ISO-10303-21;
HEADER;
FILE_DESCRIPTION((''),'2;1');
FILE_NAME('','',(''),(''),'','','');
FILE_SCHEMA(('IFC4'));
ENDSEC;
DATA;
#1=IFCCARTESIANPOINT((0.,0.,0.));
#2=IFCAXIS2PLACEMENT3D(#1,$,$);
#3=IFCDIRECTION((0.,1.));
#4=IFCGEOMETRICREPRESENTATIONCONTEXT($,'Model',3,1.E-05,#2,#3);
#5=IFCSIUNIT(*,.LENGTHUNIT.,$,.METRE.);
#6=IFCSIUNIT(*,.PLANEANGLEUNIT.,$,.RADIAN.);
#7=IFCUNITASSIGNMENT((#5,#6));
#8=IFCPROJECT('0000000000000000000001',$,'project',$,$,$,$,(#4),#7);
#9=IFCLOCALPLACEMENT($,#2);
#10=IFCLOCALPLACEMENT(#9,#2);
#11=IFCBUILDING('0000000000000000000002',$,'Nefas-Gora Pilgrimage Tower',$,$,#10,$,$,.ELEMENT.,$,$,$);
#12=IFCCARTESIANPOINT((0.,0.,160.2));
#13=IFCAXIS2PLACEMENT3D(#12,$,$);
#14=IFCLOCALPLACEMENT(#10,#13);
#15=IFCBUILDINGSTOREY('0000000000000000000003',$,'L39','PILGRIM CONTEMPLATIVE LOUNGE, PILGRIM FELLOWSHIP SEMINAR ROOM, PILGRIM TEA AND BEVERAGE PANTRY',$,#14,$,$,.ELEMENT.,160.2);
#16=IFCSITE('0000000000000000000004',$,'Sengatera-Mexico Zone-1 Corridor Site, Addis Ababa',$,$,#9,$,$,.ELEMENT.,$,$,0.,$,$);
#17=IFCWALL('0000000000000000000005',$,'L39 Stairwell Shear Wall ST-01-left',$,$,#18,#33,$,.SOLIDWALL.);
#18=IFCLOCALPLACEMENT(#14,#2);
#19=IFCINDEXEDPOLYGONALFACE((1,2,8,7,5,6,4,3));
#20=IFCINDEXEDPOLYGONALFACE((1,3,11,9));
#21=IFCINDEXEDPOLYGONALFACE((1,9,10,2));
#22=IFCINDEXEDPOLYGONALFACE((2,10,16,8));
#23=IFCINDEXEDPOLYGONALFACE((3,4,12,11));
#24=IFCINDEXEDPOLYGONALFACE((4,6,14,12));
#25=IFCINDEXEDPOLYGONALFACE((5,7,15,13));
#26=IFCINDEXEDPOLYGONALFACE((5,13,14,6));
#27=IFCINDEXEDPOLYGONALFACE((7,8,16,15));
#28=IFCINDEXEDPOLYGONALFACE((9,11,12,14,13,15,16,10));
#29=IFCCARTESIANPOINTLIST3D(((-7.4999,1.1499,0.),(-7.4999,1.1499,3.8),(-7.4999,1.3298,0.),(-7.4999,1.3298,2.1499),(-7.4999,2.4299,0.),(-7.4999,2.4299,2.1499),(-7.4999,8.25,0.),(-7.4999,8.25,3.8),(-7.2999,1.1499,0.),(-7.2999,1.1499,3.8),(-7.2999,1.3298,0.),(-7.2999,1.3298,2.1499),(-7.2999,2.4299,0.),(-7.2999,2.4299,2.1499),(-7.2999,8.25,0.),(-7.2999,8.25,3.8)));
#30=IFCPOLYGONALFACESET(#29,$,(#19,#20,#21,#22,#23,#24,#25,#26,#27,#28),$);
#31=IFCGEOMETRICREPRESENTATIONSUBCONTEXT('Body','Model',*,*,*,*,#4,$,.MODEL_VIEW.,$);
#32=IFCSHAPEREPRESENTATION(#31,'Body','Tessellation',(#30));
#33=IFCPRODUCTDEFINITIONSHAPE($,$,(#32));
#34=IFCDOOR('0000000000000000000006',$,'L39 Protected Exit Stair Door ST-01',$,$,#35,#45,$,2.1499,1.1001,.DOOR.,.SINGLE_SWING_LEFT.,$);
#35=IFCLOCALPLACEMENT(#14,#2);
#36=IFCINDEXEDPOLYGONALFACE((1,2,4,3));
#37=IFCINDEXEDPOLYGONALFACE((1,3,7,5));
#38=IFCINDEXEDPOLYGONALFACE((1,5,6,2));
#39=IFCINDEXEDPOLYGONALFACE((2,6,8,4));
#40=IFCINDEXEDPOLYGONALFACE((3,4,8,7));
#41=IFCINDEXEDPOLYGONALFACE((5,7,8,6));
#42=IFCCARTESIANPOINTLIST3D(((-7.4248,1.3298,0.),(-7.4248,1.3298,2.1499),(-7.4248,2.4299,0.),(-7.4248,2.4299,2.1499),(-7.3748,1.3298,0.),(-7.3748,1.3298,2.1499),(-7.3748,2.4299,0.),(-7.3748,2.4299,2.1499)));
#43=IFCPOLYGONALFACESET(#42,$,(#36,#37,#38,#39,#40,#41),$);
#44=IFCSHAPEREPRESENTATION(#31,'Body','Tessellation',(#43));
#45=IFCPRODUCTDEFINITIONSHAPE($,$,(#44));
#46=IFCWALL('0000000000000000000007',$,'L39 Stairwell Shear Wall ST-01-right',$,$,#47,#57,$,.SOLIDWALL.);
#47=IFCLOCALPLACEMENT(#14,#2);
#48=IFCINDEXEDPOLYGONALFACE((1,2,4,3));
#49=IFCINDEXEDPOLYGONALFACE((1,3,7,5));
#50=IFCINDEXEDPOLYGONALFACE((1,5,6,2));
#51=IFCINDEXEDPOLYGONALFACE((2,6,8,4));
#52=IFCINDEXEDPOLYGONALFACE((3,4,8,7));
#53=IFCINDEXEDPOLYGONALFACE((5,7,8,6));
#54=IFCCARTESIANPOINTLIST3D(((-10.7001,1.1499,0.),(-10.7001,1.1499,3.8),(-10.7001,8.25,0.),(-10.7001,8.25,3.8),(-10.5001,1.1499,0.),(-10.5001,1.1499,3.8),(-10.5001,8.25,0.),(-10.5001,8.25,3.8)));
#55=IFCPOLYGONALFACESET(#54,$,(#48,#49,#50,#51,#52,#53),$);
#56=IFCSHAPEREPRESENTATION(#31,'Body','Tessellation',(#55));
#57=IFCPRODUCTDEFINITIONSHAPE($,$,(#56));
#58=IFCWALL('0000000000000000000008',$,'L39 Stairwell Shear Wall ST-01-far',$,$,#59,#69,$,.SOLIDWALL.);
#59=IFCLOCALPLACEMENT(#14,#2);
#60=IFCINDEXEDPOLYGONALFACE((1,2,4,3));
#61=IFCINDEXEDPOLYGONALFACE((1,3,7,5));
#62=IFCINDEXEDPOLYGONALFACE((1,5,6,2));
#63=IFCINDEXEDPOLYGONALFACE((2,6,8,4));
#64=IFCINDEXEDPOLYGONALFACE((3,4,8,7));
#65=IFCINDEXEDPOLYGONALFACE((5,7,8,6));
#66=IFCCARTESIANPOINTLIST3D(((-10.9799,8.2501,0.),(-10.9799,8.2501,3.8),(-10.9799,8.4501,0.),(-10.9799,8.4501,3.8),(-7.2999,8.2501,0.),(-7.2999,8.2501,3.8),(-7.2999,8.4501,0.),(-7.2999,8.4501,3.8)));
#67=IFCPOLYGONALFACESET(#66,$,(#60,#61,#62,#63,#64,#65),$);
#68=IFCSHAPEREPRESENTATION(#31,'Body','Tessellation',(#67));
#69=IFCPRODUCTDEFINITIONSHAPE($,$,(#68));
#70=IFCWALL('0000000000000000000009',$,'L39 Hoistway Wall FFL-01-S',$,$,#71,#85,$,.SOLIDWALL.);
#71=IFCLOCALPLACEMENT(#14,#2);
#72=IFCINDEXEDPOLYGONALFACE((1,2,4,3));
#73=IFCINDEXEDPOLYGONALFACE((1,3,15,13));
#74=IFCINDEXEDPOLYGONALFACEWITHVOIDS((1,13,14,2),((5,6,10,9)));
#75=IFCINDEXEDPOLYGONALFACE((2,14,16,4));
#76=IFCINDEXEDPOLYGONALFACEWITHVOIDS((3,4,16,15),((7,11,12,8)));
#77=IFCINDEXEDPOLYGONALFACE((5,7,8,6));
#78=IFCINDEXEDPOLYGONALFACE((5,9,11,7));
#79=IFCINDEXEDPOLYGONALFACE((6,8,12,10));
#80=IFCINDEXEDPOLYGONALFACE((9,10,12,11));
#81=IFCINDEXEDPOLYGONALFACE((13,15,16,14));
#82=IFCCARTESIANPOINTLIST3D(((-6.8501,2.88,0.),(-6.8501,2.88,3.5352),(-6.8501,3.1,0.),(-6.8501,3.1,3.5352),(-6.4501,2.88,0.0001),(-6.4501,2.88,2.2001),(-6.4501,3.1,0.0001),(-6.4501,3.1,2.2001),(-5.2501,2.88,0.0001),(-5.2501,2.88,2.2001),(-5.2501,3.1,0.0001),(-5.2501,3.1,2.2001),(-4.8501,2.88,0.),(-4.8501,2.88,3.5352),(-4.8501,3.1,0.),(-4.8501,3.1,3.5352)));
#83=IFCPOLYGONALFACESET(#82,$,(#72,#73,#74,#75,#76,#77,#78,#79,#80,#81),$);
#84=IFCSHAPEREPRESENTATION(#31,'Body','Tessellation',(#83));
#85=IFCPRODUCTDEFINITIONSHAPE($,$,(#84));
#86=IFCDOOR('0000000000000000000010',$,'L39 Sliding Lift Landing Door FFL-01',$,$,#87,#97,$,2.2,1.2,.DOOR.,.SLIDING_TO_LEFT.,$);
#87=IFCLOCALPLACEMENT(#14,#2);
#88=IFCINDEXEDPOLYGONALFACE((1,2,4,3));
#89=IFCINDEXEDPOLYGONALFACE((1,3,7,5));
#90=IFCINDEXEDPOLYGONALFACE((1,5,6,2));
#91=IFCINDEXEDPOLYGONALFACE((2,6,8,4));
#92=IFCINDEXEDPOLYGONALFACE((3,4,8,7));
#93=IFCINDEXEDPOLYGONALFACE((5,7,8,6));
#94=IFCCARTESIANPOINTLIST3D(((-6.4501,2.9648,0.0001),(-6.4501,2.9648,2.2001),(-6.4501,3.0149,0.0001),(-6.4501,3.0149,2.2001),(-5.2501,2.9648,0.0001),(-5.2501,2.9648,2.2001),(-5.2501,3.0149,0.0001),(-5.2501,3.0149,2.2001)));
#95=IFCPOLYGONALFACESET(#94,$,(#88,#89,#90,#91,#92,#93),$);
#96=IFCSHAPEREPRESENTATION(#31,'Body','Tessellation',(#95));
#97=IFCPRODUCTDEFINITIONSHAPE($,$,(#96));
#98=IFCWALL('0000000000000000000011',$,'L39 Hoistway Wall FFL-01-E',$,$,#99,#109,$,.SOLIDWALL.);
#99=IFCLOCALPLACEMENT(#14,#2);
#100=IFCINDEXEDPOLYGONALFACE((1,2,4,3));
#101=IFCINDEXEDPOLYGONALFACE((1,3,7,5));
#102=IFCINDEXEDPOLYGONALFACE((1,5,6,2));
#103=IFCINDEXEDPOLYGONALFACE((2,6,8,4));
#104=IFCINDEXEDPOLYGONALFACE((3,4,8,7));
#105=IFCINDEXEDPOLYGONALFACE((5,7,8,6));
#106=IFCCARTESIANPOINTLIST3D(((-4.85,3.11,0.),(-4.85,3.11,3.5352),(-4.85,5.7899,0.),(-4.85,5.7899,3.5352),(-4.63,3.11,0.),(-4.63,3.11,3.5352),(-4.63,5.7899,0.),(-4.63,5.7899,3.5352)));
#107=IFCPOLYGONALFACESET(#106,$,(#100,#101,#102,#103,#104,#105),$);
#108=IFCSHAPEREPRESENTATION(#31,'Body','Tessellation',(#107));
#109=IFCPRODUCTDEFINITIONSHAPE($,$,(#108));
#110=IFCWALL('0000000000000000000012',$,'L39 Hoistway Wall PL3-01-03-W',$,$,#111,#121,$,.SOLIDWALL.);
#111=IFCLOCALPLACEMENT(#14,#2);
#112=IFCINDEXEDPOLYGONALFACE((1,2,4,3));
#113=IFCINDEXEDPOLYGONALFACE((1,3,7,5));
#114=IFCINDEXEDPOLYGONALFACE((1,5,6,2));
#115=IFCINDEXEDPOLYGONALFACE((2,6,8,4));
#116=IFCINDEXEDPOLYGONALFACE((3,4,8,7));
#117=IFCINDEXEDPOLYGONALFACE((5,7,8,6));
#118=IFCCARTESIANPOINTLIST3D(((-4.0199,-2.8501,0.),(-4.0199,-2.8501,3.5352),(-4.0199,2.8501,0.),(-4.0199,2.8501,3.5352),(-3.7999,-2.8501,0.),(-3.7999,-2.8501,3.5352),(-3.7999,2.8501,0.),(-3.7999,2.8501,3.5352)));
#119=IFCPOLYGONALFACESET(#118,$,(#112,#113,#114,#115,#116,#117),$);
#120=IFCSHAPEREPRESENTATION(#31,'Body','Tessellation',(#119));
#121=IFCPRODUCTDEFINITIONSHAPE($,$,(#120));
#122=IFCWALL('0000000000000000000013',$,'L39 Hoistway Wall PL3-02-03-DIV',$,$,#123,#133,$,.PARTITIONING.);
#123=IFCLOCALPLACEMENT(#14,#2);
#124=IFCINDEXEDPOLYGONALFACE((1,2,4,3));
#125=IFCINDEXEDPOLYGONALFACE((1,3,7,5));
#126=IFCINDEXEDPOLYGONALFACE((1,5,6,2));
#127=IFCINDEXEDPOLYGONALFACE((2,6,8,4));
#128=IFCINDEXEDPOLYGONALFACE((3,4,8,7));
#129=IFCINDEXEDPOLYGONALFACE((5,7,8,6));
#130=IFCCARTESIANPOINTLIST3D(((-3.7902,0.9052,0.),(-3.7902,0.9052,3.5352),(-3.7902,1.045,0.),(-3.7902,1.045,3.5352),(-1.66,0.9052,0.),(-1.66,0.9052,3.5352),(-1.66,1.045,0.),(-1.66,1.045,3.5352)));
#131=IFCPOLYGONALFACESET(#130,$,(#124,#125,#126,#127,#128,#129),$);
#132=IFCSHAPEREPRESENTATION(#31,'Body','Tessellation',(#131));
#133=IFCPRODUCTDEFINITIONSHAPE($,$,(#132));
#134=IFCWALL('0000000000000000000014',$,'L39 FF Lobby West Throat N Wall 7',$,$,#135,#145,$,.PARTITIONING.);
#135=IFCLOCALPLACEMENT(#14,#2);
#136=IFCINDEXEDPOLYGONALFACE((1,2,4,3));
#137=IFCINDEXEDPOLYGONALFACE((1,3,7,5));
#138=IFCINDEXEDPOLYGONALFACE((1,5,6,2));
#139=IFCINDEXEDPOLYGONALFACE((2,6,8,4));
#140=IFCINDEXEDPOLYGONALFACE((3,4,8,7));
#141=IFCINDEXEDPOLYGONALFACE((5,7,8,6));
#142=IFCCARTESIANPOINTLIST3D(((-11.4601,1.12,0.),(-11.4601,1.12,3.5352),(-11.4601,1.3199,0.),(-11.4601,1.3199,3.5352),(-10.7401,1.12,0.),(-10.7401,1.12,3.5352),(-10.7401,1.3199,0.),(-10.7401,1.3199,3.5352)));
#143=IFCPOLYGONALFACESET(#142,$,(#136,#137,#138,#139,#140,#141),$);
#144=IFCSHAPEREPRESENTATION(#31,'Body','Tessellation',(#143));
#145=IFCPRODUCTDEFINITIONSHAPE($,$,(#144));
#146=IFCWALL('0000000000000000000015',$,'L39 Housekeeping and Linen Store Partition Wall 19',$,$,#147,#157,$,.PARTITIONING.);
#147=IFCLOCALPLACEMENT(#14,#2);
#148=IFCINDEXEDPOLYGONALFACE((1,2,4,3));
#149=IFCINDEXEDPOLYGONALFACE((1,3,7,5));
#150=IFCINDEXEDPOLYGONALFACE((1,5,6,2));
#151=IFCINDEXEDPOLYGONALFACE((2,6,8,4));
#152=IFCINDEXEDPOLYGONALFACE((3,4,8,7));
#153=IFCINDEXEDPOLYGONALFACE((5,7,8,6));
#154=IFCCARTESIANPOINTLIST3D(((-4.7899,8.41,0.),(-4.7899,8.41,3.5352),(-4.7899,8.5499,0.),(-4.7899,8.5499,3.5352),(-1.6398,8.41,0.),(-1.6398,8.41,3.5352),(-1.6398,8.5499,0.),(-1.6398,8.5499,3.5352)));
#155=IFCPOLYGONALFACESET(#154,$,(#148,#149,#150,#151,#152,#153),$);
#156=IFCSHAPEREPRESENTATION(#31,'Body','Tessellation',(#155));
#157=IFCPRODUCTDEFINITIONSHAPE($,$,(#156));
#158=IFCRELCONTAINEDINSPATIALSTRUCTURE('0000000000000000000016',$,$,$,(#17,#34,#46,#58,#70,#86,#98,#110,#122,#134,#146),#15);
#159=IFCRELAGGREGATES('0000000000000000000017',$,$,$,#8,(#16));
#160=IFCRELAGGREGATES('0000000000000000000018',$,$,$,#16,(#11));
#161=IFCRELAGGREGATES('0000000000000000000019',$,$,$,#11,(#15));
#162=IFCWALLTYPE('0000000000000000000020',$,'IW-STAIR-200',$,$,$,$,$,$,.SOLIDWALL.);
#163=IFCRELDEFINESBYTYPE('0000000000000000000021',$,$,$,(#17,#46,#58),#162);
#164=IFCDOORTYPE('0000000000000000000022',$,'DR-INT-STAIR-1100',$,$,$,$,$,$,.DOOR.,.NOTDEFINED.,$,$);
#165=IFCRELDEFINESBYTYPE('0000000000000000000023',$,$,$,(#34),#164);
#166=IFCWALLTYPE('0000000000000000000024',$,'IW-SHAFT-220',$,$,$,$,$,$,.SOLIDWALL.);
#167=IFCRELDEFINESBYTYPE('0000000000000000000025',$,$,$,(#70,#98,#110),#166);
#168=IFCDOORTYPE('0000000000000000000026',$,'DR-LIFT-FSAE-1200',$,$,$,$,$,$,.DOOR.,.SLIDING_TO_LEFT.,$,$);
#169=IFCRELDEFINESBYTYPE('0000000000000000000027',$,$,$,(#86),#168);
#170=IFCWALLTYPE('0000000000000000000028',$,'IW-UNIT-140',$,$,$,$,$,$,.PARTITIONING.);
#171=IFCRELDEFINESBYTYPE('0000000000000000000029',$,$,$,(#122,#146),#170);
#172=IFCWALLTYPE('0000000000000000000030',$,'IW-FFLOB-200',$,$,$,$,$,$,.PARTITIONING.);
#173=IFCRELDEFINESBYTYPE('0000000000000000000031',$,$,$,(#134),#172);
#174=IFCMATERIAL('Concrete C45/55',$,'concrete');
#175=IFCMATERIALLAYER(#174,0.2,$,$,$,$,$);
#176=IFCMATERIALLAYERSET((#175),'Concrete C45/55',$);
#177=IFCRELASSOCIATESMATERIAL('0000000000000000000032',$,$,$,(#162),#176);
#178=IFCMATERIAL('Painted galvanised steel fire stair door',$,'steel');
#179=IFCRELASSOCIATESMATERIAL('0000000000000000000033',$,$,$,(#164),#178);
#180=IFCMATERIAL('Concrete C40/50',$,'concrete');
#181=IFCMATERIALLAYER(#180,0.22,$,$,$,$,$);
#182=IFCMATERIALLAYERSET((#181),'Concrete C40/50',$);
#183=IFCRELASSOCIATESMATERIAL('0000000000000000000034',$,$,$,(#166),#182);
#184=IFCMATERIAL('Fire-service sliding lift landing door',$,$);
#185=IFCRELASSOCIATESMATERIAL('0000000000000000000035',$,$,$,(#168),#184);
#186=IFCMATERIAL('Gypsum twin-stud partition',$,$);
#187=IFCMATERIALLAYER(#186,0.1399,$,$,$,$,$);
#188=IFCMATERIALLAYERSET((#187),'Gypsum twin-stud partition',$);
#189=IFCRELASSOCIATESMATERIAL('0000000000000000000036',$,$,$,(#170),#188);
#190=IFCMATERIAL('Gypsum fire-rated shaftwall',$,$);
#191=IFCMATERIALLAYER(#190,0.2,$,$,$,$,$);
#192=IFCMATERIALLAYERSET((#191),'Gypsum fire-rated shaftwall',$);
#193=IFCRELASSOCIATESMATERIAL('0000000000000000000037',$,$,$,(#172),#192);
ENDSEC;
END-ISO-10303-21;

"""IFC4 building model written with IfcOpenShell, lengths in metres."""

from ifc_helpers import new_model, si_unit, direction, frame, frame_2d, origin, place, context, subcontext, project, spatial, rectangle, extrude, source, transform, mapped, material, layer, layer_set, type_object, element, fill, save


model = new_model("IFC4")

# Units and contexts
model_context = context("Model", 3, precision=1e-05, world=origin(), true_north=direction((0.0, 1.0)))
body_context = subcontext(model_context, "Body", "Model", "MODEL_VIEW")
ifc_project = project(units=[si_unit("LENGTHUNIT", "METRE"), si_unit("PLANEANGLEUNIT", "RADIAN")], contexts=[model_context])

# Site, building, storey
site_placement = place(None, origin())
site = spatial("IfcSite", under=ifc_project, at=site_placement, Name="Sengatera-Mexico Zone-1 Corridor Site, Addis Ababa", CompositionType="ELEMENT", RefElevation=0.0)
building_placement = place(site_placement, origin())
building = spatial("IfcBuilding", under=site, at=building_placement, Name="Nefas-Gora Pilgrimage Tower", CompositionType="ELEMENT")
storey_placement = place(building_placement, frame((0.0, 0.0, 160.2)))
storey = spatial("IfcBuildingStorey", under=building, at=storey_placement, Name="L39", Description="PILGRIM CONTEMPLATIVE LOUNGE, PILGRIM FELLOWSHIP SEMINAR ROOM, PILGRIM TEA AND BEVERAGE PANTRY", CompositionType="ELEMENT", Elevation=160.2)

# Shared definitions
ifc_material_1 = material(Name="Concrete C45/55", Category="concrete")
ifc_layer_1 = layer(ifc_material_1, 0.2)
ifc_layer_set_1 = layer_set([ifc_layer_1], Name="Concrete C45/55")
wall_type_1 = type_object("IfcWallType", Name="IW-STAIR-200", PredefinedType="SOLIDWALL", material=ifc_layer_set_1)

# Wall, opening, door
shared_shape_1 = source(origin(), body_context, "Body", "SweptSolid", [
    extrude(rectangle(XDim=7.1001, YDim=0.2, at=frame_2d((3.55, 0.0))), origin(), (0.0, 0.0, 1.0), 3.8),
])
wall_1_placement = place(storey_placement, frame((-7.3999, 1.1499, 0.0), z_axis=(0.0, 0.0, 1.0), x_axis=(0.0, 1.0, 0.0)))
wall_1 = element("IfcWall", 1, at=wall_1_placement, inside=storey, type_object=wall_type_1, Name="L39 Stairwell Shear Wall ST-01-left", PredefinedType="SOLIDWALL", context=body_context, shape_type="MappedRepresentation", body=[
    mapped(shared_shape_1, transform((0.0, 0.0, 0.0), x_axis=(1.0, 0.0, 0.0), y_axis=(0.0, 1.0, 0.0), z_axis=(0.0, 0.0, 1.0), scale=1.0)),
])
opening_1_placement = place(wall_1_placement, frame((0.1799, 0.0, 0.0)))
opening_1 = element("IfcOpeningElement", 2, at=opening_1_placement, cuts=wall_1, PredefinedType="OPENING", context=body_context, shape_type="SweptSolid", body=[
    extrude(rectangle(XDim=1.1001, YDim=2.1499, at=frame_2d((0.55, 1.075))), frame((0.0, 0.1099, 0.0), z_axis=(0.0, -1.0, 0.0), x_axis=(1.0, 0.0, 0.0)), (0.0, 0.0, 1.0), 0.22),
])
ifc_material_2 = material(Name="Painted galvanised steel fire stair door", Category="steel")
door_type_1 = type_object("IfcDoorType", Name="DR-INT-STAIR-1100", OperationType="NOTDEFINED", PredefinedType="DOOR", material=ifc_material_2)
shared_shape_2 = source(origin(), body_context, "Body", "SweptSolid", [
    extrude(rectangle(XDim=1.1001, YDim=2.1499, at=frame_2d((0.55, 1.075))), frame((0.0, 0.0249, 0.0), z_axis=(0.0, -1.0, 0.0), x_axis=(1.0, 0.0, 0.0)), (0.0, 0.0, 1.0), 0.05),
])
door_1_placement = place(opening_1_placement, origin())
door_1 = element("IfcDoor", 3, at=door_1_placement, inside=storey, type_object=door_type_1, Name="L39 Protected Exit Stair Door ST-01", OperationType="SINGLE_SWING_LEFT", OverallHeight=2.1499, OverallWidth=1.1001, PredefinedType="DOOR", context=body_context, shape_type="MappedRepresentation", body=[
    mapped(shared_shape_2, transform((0.0, 0.0, 0.0), x_axis=(1.0, 0.0, 0.0), y_axis=(0.0, 1.0, 0.0), z_axis=(0.0, 0.0, 1.0), scale=1.0)),
])
fill(opening_1, door_1)

# Walls
wall_2_placement = place(storey_placement, frame((-10.6001, 1.1499, 0.0), z_axis=(0.0, 0.0, 1.0), x_axis=(0.0, 1.0, 0.0)))
element("IfcWall", 4, at=wall_2_placement, inside=storey, type_object=wall_type_1, Name="L39 Stairwell Shear Wall ST-01-right", PredefinedType="SOLIDWALL", context=body_context, shape_type="MappedRepresentation", body=[
    mapped(shared_shape_1, transform((0.0, 0.0, 0.0), x_axis=(1.0, 0.0, 0.0), y_axis=(0.0, 1.0, 0.0), z_axis=(0.0, 0.0, 1.0), scale=1.0)),
])
shared_shape_3 = source(origin(), body_context, "Body", "SweptSolid", [
    extrude(rectangle(XDim=3.6799, YDim=0.2, at=frame_2d((1.8398, 0.0))), origin(), (0.0, 0.0, 1.0), 3.8),
])
wall_3_placement = place(storey_placement, frame((-7.3, 8.3501, 0.0), z_axis=(0.0, 0.0, 1.0), x_axis=(-1.0, 0.0, 0.0)))
element("IfcWall", 5, at=wall_3_placement, inside=storey, type_object=wall_type_1, Name="L39 Stairwell Shear Wall ST-01-far", PredefinedType="SOLIDWALL", context=body_context, shape_type="MappedRepresentation", body=[
    mapped(shared_shape_3, transform((0.0, 0.0, 0.0), x_axis=(1.0, 0.0, 0.0), y_axis=(0.0, 1.0, 0.0), z_axis=(0.0, 0.0, 1.0), scale=1.0)),
])

# Wall, opening, door
ifc_material_3 = material(Name="Concrete C40/50", Category="concrete")
ifc_layer_2 = layer(ifc_material_3, 0.22)
ifc_layer_set_2 = layer_set([ifc_layer_2], Name="Concrete C40/50")
wall_type_2 = type_object("IfcWallType", Name="IW-SHAFT-220", PredefinedType="SOLIDWALL", material=ifc_layer_set_2)
shared_shape_4 = source(origin(), body_context, "Body", "SweptSolid", [
    extrude(rectangle(XDim=2.0, YDim=0.22, at=frame_2d((1.0, 0.0))), origin(), (0.0, 0.0, 1.0), 3.5352),
])
wall_4_placement = place(storey_placement, frame((-6.8501, 2.99, 0.0), z_axis=(0.0, 0.0, 1.0), x_axis=(1.0, 0.0, 0.0)))
wall_4 = element("IfcWall", 6, at=wall_4_placement, inside=storey, type_object=wall_type_2, Name="L39 Hoistway Wall FFL-01-S", PredefinedType="SOLIDWALL", context=body_context, shape_type="MappedRepresentation", body=[
    mapped(shared_shape_4, transform((0.0, 0.0, 0.0), x_axis=(1.0, 0.0, 0.0), y_axis=(0.0, 1.0, 0.0), z_axis=(0.0, 0.0, 1.0), scale=1.0)),
])
opening_2_placement = place(wall_4_placement, frame((0.3999, 0.0, 0.0)))
opening_2 = element("IfcOpeningElement", 7, at=opening_2_placement, cuts=wall_4, PredefinedType="OPENING", context=body_context, shape_type="SweptSolid", body=[
    extrude(rectangle(XDim=1.2, YDim=2.2, at=frame_2d((0.6001, 1.1001))), frame((0.0, 0.1199, 0.0), z_axis=(0.0, -1.0, 0.0), x_axis=(1.0, 0.0, 0.0)), (0.0, 0.0, 1.0), 0.24),
])
ifc_material_4 = material(Name="Fire-service sliding lift landing door")
door_type_2 = type_object("IfcDoorType", Name="DR-LIFT-FSAE-1200", OperationType="SLIDING_TO_LEFT", PredefinedType="DOOR", material=ifc_material_4)
shared_shape_5 = source(origin(), body_context, "Body", "SweptSolid", [
    extrude(rectangle(XDim=1.2, YDim=2.2, at=frame_2d((0.6001, 1.1001))), frame((0.0, 0.0249, 0.0), z_axis=(0.0, -1.0, 0.0), x_axis=(1.0, 0.0, 0.0)), (0.0, 0.0, 1.0), 0.05),
])
door_2_placement = place(opening_2_placement, origin())
door_2 = element("IfcDoor", 8, at=door_2_placement, inside=storey, type_object=door_type_2, Name="L39 Sliding Lift Landing Door FFL-01", OperationType="SLIDING_TO_LEFT", OverallHeight=2.2, OverallWidth=1.2, PredefinedType="DOOR", context=body_context, shape_type="MappedRepresentation", body=[
    mapped(shared_shape_5, transform((0.0, 0.0, 0.0), x_axis=(1.0, 0.0, 0.0), y_axis=(0.0, 1.0, 0.0), z_axis=(0.0, 0.0, 1.0), scale=1.0)),
])
fill(opening_2, door_2)

# Walls
shared_shape_6 = source(origin(), body_context, "Body", "SweptSolid", [
    extrude(rectangle(XDim=2.6799, YDim=0.22, at=frame_2d((1.3398, 0.0))), origin(), (0.0, 0.0, 1.0), 3.5352),
])
wall_5_placement = place(storey_placement, frame((-4.74, 3.1101, 0.0), z_axis=(0.0, 0.0, 1.0), x_axis=(0.0, 1.0, 0.0)))
element("IfcWall", 9, at=wall_5_placement, inside=storey, type_object=wall_type_2, Name="L39 Hoistway Wall FFL-01-E", PredefinedType="SOLIDWALL", context=body_context, shape_type="MappedRepresentation", body=[
    mapped(shared_shape_6, transform((0.0, 0.0, 0.0), x_axis=(1.0, 0.0, 0.0), y_axis=(0.0, 1.0, 0.0), z_axis=(0.0, 0.0, 1.0), scale=1.0)),
])
shared_shape_7 = source(origin(), body_context, "Body", "SweptSolid", [
    extrude(rectangle(XDim=5.7002, YDim=0.22, at=frame_2d((2.8501, 0.0))), origin(), (0.0, 0.0, 1.0), 3.5352),
])
wall_6_placement = place(storey_placement, frame((-3.9099, 2.8501, 0.0), z_axis=(0.0, 0.0, 1.0), x_axis=(0.0, -1.0, 0.0)))
element("IfcWall", 10, at=wall_6_placement, inside=storey, type_object=wall_type_2, Name="L39 Hoistway Wall PL3-01-03-W", PredefinedType="SOLIDWALL", context=body_context, shape_type="MappedRepresentation", body=[
    mapped(shared_shape_7, transform((0.0, 0.0, 0.0), x_axis=(1.0, 0.0, 0.0), y_axis=(0.0, 1.0, 0.0), z_axis=(0.0, 0.0, 1.0), scale=1.0)),
])
ifc_material_5 = material(Name="Gypsum twin-stud partition")
ifc_layer_3 = layer(ifc_material_5, 0.1399)
ifc_layer_set_3 = layer_set([ifc_layer_3], Name="Gypsum twin-stud partition")
wall_type_3 = type_object("IfcWallType", Name="IW-UNIT-140", PredefinedType="PARTITIONING", material=ifc_layer_set_3)
shared_shape_8 = source(origin(), body_context, "Body", "SweptSolid", [
    extrude(rectangle(XDim=2.1301, YDim=0.1399, at=frame_2d((1.0649, 0.0))), origin(), (0.0, 0.0, 1.0), 3.5352),
])
wall_7_placement = place(storey_placement, frame((-3.79, 0.9751, 0.0), z_axis=(0.0, 0.0, 1.0), x_axis=(1.0, 0.0, 0.0)))
element("IfcWall", 11, at=wall_7_placement, inside=storey, type_object=wall_type_3, Name="L39 Hoistway Wall PL3-02-03-DIV", PredefinedType="PARTITIONING", context=body_context, shape_type="MappedRepresentation", body=[
    mapped(shared_shape_8, transform((0.0, 0.0, 0.0), x_axis=(1.0, 0.0, 0.0), y_axis=(0.0, 1.0, 0.0), z_axis=(0.0, 0.0, 1.0), scale=1.0)),
])
ifc_material_6 = material(Name="Gypsum fire-rated shaftwall")
ifc_layer_4 = layer(ifc_material_6, 0.2)
ifc_layer_set_4 = layer_set([ifc_layer_4], Name="Gypsum fire-rated shaftwall")
wall_type_4 = type_object("IfcWallType", Name="IW-FFLOB-200", PredefinedType="PARTITIONING", material=ifc_layer_set_4)
shared_shape_9 = source(origin(), body_context, "Body", "SweptSolid", [
    extrude(rectangle(XDim=0.72, YDim=0.2, at=frame_2d((0.3599, 0.0))), origin(), (0.0, 0.0, 1.0), 3.5352),
])
wall_8_placement = place(storey_placement, frame((-11.46, 1.22, 0.0), z_axis=(0.0, 0.0, 1.0), x_axis=(1.0, 0.0, 0.0)))
element("IfcWall", 12, at=wall_8_placement, inside=storey, type_object=wall_type_4, Name="L39 FF Lobby West Throat N Wall 7", PredefinedType="PARTITIONING", context=body_context, shape_type="MappedRepresentation", body=[
    mapped(shared_shape_9, transform((0.0, 0.0, 0.0), x_axis=(1.0, 0.0, 0.0), y_axis=(0.0, 1.0, 0.0), z_axis=(0.0, 0.0, 1.0), scale=1.0)),
])
shared_shape_10 = source(origin(), body_context, "Body", "SweptSolid", [
    extrude(rectangle(XDim=3.1501, YDim=0.1399, at=frame_2d((1.5752, 0.0))), origin(), (0.0, 0.0, 1.0), 3.5352),
])
wall_9_placement = place(storey_placement, frame((-4.79, 8.48, 0.0), z_axis=(0.0, 0.0, 1.0), x_axis=(1.0, 0.0, 0.0)))
element("IfcWall", 13, at=wall_9_placement, inside=storey, type_object=wall_type_3, Name="L39 Housekeeping and Linen Store Partition Wall 19", PredefinedType="PARTITIONING", context=body_context, shape_type="MappedRepresentation", body=[
    mapped(shared_shape_10, transform((0.0, 0.0, 0.0), x_axis=(1.0, 0.0, 0.0), y_axis=(0.0, 1.0, 0.0), z_axis=(0.0, 0.0, 1.0), scale=1.0)),
])

save(model, "model.ifc")
